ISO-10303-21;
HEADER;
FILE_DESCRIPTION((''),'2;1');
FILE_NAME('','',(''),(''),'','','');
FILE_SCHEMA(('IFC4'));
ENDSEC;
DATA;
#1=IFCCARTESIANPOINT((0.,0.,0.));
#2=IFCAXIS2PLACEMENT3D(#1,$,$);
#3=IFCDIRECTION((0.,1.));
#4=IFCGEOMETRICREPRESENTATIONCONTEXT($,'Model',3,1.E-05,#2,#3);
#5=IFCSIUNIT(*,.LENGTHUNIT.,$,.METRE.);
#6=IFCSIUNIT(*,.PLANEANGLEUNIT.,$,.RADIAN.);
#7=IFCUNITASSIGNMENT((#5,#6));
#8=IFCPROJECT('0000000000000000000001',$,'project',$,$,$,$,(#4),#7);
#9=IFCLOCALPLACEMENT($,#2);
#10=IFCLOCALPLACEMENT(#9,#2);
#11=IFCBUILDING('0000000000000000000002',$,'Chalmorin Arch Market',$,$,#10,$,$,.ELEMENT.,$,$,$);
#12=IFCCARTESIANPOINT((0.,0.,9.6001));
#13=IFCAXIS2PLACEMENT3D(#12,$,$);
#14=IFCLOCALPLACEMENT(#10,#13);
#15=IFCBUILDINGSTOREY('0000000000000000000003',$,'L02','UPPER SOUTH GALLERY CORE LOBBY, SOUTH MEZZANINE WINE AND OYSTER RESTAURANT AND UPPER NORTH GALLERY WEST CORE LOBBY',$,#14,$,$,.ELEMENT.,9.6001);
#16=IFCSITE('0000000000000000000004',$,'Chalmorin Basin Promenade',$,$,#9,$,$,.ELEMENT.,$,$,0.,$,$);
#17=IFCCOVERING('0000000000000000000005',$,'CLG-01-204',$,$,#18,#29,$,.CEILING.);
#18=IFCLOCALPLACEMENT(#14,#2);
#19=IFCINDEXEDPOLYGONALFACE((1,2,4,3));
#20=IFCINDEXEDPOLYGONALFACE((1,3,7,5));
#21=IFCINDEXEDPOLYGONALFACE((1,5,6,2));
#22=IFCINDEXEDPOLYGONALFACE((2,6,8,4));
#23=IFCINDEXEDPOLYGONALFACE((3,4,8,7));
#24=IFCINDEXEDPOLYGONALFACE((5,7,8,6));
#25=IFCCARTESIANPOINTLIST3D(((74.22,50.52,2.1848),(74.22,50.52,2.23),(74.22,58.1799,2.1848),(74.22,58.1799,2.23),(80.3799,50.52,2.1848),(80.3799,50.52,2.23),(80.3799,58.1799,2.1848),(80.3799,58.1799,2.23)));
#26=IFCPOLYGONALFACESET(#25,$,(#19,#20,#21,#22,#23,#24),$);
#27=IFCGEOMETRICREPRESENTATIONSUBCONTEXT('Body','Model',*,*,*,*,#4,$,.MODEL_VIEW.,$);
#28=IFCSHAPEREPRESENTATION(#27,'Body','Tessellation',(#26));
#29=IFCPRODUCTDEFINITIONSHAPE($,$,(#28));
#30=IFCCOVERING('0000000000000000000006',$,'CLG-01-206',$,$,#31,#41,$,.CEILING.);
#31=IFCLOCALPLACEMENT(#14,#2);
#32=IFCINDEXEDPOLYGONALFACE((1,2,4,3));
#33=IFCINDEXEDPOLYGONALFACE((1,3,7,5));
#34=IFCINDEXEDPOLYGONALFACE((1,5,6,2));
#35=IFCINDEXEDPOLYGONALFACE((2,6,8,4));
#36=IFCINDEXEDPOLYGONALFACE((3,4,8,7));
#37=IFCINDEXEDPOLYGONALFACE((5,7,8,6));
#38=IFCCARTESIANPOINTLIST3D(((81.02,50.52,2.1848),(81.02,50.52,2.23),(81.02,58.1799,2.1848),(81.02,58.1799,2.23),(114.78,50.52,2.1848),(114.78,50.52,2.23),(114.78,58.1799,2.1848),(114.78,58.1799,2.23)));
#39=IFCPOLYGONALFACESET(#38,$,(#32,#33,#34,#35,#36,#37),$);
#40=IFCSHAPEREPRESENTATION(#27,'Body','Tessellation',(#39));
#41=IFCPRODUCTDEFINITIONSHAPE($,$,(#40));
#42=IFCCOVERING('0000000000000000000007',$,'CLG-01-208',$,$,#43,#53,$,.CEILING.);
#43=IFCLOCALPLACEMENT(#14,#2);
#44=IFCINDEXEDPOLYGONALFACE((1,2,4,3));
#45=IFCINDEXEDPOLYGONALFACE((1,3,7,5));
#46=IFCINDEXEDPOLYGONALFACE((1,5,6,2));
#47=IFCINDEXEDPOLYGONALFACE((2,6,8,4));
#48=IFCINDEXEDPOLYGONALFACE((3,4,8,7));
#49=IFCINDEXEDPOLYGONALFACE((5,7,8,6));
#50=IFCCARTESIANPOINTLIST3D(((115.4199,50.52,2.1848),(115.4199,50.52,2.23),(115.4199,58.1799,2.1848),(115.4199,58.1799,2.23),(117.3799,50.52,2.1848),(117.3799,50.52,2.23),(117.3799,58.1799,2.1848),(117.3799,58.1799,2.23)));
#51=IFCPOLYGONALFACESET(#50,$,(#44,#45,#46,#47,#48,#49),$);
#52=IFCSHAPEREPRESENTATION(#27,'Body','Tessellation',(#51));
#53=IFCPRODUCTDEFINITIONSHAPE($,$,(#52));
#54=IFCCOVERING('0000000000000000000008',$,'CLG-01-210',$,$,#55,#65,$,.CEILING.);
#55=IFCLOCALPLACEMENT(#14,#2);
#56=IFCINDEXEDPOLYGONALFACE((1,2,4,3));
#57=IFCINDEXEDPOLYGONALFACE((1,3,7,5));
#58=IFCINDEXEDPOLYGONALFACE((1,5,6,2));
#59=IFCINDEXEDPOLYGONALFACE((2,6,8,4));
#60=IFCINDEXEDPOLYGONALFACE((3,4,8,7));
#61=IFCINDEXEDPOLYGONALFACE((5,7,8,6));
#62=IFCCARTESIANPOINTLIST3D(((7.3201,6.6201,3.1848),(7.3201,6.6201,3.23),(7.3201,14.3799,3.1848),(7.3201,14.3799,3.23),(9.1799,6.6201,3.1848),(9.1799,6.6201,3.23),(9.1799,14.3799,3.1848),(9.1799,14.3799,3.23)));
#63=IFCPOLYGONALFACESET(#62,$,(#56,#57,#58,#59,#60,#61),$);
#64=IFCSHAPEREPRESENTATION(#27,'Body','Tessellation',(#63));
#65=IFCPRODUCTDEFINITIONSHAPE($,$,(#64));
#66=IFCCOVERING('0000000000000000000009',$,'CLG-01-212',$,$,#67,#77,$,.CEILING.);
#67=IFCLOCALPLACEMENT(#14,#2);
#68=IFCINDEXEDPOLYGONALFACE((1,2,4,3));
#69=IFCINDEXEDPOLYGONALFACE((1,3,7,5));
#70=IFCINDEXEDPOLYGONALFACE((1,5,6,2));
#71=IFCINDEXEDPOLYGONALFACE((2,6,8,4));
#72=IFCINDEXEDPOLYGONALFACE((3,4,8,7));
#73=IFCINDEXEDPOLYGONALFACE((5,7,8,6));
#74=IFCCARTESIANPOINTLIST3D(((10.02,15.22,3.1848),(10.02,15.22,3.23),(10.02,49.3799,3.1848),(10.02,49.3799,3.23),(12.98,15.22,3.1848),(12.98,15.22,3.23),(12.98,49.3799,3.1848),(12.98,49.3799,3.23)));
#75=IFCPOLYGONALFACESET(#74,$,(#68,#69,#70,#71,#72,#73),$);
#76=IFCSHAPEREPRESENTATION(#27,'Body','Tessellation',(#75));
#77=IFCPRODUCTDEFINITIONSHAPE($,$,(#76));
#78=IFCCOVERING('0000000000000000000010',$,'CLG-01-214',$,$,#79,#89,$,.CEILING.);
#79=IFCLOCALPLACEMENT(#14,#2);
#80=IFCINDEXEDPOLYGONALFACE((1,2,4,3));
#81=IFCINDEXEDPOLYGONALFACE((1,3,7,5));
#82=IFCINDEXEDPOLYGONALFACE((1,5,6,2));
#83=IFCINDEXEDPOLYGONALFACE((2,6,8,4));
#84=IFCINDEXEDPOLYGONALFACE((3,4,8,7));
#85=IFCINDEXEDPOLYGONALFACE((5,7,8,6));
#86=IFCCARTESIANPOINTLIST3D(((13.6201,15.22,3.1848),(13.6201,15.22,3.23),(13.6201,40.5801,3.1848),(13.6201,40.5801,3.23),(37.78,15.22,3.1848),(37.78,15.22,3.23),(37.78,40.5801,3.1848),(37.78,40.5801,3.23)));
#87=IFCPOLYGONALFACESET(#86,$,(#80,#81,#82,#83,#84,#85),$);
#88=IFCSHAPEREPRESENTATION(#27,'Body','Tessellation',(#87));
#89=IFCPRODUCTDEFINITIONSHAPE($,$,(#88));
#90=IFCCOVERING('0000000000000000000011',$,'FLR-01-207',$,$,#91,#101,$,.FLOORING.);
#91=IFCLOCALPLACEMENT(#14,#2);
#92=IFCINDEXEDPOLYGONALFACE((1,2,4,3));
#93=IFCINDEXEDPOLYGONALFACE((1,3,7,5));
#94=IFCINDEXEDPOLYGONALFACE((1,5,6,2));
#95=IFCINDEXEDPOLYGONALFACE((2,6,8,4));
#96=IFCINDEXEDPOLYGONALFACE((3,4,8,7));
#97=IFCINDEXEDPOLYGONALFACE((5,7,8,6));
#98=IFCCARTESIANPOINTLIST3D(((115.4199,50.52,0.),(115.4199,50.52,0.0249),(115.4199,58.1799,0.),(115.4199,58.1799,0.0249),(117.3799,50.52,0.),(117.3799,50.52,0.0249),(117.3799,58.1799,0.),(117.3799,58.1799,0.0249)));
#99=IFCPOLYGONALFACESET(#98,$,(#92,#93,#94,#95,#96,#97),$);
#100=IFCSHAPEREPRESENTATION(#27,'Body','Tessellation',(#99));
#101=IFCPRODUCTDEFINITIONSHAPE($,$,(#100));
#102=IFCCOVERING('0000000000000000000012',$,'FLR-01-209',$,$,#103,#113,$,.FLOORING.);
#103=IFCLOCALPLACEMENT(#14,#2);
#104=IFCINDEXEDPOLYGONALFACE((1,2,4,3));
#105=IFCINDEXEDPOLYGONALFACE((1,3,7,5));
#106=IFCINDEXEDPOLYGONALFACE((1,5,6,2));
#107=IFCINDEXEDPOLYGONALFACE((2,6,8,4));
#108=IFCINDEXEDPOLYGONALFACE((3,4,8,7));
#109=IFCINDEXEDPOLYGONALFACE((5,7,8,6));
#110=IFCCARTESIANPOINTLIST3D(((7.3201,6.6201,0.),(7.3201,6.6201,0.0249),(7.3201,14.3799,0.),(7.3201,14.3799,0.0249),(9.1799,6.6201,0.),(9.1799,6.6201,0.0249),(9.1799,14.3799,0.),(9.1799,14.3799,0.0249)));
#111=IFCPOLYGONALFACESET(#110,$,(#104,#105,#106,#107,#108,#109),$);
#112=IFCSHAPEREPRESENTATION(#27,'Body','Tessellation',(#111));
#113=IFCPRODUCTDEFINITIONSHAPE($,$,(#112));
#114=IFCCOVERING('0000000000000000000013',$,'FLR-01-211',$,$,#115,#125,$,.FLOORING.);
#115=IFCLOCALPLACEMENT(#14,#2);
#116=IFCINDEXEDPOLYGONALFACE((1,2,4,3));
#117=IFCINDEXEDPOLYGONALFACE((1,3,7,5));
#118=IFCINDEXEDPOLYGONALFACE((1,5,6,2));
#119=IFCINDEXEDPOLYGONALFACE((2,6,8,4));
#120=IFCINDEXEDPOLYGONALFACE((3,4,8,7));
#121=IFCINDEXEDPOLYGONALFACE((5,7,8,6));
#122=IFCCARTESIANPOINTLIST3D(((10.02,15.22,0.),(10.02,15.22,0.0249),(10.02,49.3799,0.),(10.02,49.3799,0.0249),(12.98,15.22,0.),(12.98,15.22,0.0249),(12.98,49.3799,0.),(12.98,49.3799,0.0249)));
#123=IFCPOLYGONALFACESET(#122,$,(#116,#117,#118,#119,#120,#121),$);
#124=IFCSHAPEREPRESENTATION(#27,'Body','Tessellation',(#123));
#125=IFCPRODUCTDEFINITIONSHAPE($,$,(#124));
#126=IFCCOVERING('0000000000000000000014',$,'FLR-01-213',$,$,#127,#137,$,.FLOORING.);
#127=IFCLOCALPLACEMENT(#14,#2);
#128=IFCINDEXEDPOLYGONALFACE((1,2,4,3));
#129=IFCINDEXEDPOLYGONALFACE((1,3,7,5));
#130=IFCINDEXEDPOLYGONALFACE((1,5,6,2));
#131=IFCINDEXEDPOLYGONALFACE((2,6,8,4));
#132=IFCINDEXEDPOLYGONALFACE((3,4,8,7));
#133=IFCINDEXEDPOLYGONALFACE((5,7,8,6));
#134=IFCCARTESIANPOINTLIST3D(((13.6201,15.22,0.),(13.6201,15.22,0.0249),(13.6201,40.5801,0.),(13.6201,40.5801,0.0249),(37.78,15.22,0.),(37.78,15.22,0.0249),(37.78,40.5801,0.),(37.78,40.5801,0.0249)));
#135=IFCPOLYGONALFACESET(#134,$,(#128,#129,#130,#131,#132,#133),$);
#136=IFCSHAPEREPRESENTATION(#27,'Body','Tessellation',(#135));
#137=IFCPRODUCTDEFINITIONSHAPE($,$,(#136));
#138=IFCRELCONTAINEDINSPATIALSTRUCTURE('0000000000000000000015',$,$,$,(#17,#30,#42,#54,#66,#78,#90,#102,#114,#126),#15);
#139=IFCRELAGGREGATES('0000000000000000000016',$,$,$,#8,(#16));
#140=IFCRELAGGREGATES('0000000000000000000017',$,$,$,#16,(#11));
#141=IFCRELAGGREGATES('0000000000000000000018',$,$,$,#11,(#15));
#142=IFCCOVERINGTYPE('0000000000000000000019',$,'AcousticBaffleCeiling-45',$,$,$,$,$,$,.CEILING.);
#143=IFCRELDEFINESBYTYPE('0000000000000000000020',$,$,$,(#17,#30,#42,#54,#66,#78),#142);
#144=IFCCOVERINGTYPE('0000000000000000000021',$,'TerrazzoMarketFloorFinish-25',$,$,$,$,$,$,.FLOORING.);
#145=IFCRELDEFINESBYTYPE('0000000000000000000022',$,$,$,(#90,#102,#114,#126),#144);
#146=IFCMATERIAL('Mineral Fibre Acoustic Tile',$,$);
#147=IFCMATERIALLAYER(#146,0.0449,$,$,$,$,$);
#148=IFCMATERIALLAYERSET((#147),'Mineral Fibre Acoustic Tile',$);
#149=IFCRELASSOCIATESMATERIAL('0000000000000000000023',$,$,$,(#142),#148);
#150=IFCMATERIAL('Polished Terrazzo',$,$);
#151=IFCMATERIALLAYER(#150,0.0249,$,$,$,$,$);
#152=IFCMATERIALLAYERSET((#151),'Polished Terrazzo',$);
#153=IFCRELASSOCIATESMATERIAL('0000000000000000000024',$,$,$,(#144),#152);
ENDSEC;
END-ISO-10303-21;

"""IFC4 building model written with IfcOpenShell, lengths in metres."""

from ifc_helpers import new_model, si_unit, direction, frame, origin, place, context, subcontext, project, spatial, polyline, outline, extrude, material, layer, layer_set, type_object, element, save


model = new_model("IFC4")

# Units and contexts
model_context = context("Model", 3, precision=1e-05, world=origin(), true_north=direction((0.0, 1.0)))
body_context = subcontext(model_context, "Body", "Model", "MODEL_VIEW")
ifc_project = project(units=[si_unit("LENGTHUNIT", "METRE"), si_unit("PLANEANGLEUNIT", "RADIAN")], contexts=[model_context])

# Site, building, storey
site_placement = place(None, origin())
site = spatial("IfcSite", under=ifc_project, at=site_placement, Name="Chalmorin Basin Promenade", CompositionType="ELEMENT", RefElevation=0.0)
building_placement = place(site_placement, origin())
building = spatial("IfcBuilding", under=site, at=building_placement, Name="Chalmorin Arch Market", CompositionType="ELEMENT")
storey_placement = place(building_placement, frame((0.0, 0.0, 9.6001)))
storey = spatial("IfcBuildingStorey", under=building, at=storey_placement, Name="L02", Description="UPPER SOUTH GALLERY CORE LOBBY, SOUTH MEZZANINE WINE AND OYSTER RESTAURANT AND UPPER NORTH GALLERY WEST CORE LOBBY", CompositionType="ELEMENT", Elevation=9.6001)

# Coverings
ifc_material_1 = material(Name="Mineral Fibre Acoustic Tile")
ifc_layer_1 = layer(ifc_material_1, 0.0449)
ifc_layer_set_1 = layer_set([ifc_layer_1], Name="Mineral Fibre Acoustic Tile")
covering_type_1 = type_object("IfcCoveringType", Name="AcousticBaffleCeiling-45", PredefinedType="CEILING", material=ifc_layer_set_1)
covering_1_placement = place(storey_placement, frame((0.0, 0.0, 2.1848)))
element("IfcCovering", 1, at=covering_1_placement, inside=storey, type_object=covering_type_1, Name="CLG-01-204", PredefinedType="CEILING", context=body_context, shape_type="SweptSolid", body=[
    extrude(outline(polyline([(74.22, 50.52), (80.3799, 50.52), (80.3799, 58.1799), (74.22, 58.1799), (74.22, 50.52)])), origin(), (0.0, 0.0, 1.0), 0.0452),
])
covering_2_placement = place(storey_placement, frame((0.0, 0.0, 2.1848)))
element("IfcCovering", 2, at=covering_2_placement, inside=storey, type_object=covering_type_1, Name="CLG-01-206", PredefinedType="CEILING", context=body_context, shape_type="SweptSolid", body=[
    extrude(outline(polyline([(81.02, 50.52), (114.78, 50.52), (114.78, 58.1799), (81.02, 58.1799), (81.02, 50.52)])), origin(), (0.0, 0.0, 1.0), 0.0452),
])
covering_3_placement = place(storey_placement, frame((0.0, 0.0, 2.1848)))
element("IfcCovering", 3, at=covering_3_placement, inside=storey, type_object=covering_type_1, Name="CLG-01-208", PredefinedType="CEILING", context=body_context, shape_type="SweptSolid", body=[
    extrude(outline(polyline([(115.4199, 50.52), (117.3799, 50.52), (117.3799, 58.1799), (115.4199, 58.1799), (115.4199, 50.52)])), origin(), (0.0, 0.0, 1.0), 0.0452),
])
covering_4_placement = place(storey_placement, frame((0.0, 0.0, 3.1848)))
element("IfcCovering", 4, at=covering_4_placement, inside=storey, type_object=covering_type_1, Name="CLG-01-210", PredefinedType="CEILING", context=body_context, shape_type="SweptSolid", body=[
    extrude(outline(polyline([(7.3201, 6.6201), (9.1799, 6.6201), (9.1799, 14.3799), (7.3201, 14.3799), (7.3201, 6.6201)])), origin(), (0.0, 0.0, 1.0), 0.0452),
])
covering_5_placement = place(storey_placement, frame((0.0, 0.0, 3.1848)))
element("IfcCovering", 5, at=covering_5_placement, inside=storey, type_object=covering_type_1, Name="CLG-01-212", PredefinedType="CEILING", context=body_context, shape_type="SweptSolid", body=[
    extrude(outline(polyline([(10.02, 15.22), (12.98, 15.22), (12.98, 49.3799), (10.02, 49.3799), (10.02, 15.22)])), origin(), (0.0, 0.0, 1.0), 0.0452),
])
covering_6_placement = place(storey_placement, frame((0.0, 0.0, 3.1848)))
element("IfcCovering", 6, at=covering_6_placement, inside=storey, type_object=covering_type_1, Name="CLG-01-214", PredefinedType="CEILING", context=body_context, shape_type="SweptSolid", body=[
    extrude(outline(polyline([(13.6201, 15.22), (37.78, 15.22), (37.78, 40.5801), (13.6201, 40.5801), (13.6201, 15.22)])), origin(), (0.0, 0.0, 1.0), 0.0452),
])
ifc_material_2 = material(Name="Polished Terrazzo")
ifc_layer_2 = layer(ifc_material_2, 0.0249)
ifc_layer_set_2 = layer_set([ifc_layer_2], Name="Polished Terrazzo")
covering_type_2 = type_object("IfcCoveringType", Name="TerrazzoMarketFloorFinish-25", PredefinedType="FLOORING", material=ifc_layer_set_2)
covering_7_placement = place(storey_placement, origin())
element("IfcCovering", 7, at=covering_7_placement, inside=storey, type_object=covering_type_2, Name="FLR-01-207", PredefinedType="FLOORING", context=body_context, shape_type="SweptSolid", body=[
    extrude(outline(polyline([(115.4199, 50.52), (117.3799, 50.52), (117.3799, 58.1799), (115.4199, 58.1799), (115.4199, 50.52)])), origin(), (0.0, 0.0, 1.0), 0.0249),
])
covering_8_placement = place(storey_placement, origin())
element("IfcCovering", 8, at=covering_8_placement, inside=storey, type_object=covering_type_2, Name="FLR-01-209", PredefinedType="FLOORING", context=body_context, shape_type="SweptSolid", body=[
    extrude(outline(polyline([(7.3201, 6.6201), (9.1799, 6.6201), (9.1799, 14.3799), (7.3201, 14.3799), (7.3201, 6.6201)])), origin(), (0.0, 0.0, 1.0), 0.0249),
])
covering_9_placement = place(storey_placement, origin())
element("IfcCovering", 9, at=covering_9_placement, inside=storey, type_object=covering_type_2, Name="FLR-01-211", PredefinedType="FLOORING", context=body_context, shape_type="SweptSolid", body=[
    extrude(outline(polyline([(10.02, 15.22), (12.98, 15.22), (12.98, 49.3799), (10.02, 49.3799), (10.02, 15.22)])), origin(), (0.0, 0.0, 1.0), 0.0249),
])
covering_10_placement = place(storey_placement, origin())
element("IfcCovering", 10, at=covering_10_placement, inside=storey, type_object=covering_type_2, Name="FLR-01-213", PredefinedType="FLOORING", context=body_context, shape_type="SweptSolid", body=[
    extrude(outline(polyline([(13.6201, 15.22), (37.78, 15.22), (37.78, 40.5801), (13.6201, 40.5801), (13.6201, 15.22)])), origin(), (0.0, 0.0, 1.0), 0.0249),
])

save(model, "model.ifc")
